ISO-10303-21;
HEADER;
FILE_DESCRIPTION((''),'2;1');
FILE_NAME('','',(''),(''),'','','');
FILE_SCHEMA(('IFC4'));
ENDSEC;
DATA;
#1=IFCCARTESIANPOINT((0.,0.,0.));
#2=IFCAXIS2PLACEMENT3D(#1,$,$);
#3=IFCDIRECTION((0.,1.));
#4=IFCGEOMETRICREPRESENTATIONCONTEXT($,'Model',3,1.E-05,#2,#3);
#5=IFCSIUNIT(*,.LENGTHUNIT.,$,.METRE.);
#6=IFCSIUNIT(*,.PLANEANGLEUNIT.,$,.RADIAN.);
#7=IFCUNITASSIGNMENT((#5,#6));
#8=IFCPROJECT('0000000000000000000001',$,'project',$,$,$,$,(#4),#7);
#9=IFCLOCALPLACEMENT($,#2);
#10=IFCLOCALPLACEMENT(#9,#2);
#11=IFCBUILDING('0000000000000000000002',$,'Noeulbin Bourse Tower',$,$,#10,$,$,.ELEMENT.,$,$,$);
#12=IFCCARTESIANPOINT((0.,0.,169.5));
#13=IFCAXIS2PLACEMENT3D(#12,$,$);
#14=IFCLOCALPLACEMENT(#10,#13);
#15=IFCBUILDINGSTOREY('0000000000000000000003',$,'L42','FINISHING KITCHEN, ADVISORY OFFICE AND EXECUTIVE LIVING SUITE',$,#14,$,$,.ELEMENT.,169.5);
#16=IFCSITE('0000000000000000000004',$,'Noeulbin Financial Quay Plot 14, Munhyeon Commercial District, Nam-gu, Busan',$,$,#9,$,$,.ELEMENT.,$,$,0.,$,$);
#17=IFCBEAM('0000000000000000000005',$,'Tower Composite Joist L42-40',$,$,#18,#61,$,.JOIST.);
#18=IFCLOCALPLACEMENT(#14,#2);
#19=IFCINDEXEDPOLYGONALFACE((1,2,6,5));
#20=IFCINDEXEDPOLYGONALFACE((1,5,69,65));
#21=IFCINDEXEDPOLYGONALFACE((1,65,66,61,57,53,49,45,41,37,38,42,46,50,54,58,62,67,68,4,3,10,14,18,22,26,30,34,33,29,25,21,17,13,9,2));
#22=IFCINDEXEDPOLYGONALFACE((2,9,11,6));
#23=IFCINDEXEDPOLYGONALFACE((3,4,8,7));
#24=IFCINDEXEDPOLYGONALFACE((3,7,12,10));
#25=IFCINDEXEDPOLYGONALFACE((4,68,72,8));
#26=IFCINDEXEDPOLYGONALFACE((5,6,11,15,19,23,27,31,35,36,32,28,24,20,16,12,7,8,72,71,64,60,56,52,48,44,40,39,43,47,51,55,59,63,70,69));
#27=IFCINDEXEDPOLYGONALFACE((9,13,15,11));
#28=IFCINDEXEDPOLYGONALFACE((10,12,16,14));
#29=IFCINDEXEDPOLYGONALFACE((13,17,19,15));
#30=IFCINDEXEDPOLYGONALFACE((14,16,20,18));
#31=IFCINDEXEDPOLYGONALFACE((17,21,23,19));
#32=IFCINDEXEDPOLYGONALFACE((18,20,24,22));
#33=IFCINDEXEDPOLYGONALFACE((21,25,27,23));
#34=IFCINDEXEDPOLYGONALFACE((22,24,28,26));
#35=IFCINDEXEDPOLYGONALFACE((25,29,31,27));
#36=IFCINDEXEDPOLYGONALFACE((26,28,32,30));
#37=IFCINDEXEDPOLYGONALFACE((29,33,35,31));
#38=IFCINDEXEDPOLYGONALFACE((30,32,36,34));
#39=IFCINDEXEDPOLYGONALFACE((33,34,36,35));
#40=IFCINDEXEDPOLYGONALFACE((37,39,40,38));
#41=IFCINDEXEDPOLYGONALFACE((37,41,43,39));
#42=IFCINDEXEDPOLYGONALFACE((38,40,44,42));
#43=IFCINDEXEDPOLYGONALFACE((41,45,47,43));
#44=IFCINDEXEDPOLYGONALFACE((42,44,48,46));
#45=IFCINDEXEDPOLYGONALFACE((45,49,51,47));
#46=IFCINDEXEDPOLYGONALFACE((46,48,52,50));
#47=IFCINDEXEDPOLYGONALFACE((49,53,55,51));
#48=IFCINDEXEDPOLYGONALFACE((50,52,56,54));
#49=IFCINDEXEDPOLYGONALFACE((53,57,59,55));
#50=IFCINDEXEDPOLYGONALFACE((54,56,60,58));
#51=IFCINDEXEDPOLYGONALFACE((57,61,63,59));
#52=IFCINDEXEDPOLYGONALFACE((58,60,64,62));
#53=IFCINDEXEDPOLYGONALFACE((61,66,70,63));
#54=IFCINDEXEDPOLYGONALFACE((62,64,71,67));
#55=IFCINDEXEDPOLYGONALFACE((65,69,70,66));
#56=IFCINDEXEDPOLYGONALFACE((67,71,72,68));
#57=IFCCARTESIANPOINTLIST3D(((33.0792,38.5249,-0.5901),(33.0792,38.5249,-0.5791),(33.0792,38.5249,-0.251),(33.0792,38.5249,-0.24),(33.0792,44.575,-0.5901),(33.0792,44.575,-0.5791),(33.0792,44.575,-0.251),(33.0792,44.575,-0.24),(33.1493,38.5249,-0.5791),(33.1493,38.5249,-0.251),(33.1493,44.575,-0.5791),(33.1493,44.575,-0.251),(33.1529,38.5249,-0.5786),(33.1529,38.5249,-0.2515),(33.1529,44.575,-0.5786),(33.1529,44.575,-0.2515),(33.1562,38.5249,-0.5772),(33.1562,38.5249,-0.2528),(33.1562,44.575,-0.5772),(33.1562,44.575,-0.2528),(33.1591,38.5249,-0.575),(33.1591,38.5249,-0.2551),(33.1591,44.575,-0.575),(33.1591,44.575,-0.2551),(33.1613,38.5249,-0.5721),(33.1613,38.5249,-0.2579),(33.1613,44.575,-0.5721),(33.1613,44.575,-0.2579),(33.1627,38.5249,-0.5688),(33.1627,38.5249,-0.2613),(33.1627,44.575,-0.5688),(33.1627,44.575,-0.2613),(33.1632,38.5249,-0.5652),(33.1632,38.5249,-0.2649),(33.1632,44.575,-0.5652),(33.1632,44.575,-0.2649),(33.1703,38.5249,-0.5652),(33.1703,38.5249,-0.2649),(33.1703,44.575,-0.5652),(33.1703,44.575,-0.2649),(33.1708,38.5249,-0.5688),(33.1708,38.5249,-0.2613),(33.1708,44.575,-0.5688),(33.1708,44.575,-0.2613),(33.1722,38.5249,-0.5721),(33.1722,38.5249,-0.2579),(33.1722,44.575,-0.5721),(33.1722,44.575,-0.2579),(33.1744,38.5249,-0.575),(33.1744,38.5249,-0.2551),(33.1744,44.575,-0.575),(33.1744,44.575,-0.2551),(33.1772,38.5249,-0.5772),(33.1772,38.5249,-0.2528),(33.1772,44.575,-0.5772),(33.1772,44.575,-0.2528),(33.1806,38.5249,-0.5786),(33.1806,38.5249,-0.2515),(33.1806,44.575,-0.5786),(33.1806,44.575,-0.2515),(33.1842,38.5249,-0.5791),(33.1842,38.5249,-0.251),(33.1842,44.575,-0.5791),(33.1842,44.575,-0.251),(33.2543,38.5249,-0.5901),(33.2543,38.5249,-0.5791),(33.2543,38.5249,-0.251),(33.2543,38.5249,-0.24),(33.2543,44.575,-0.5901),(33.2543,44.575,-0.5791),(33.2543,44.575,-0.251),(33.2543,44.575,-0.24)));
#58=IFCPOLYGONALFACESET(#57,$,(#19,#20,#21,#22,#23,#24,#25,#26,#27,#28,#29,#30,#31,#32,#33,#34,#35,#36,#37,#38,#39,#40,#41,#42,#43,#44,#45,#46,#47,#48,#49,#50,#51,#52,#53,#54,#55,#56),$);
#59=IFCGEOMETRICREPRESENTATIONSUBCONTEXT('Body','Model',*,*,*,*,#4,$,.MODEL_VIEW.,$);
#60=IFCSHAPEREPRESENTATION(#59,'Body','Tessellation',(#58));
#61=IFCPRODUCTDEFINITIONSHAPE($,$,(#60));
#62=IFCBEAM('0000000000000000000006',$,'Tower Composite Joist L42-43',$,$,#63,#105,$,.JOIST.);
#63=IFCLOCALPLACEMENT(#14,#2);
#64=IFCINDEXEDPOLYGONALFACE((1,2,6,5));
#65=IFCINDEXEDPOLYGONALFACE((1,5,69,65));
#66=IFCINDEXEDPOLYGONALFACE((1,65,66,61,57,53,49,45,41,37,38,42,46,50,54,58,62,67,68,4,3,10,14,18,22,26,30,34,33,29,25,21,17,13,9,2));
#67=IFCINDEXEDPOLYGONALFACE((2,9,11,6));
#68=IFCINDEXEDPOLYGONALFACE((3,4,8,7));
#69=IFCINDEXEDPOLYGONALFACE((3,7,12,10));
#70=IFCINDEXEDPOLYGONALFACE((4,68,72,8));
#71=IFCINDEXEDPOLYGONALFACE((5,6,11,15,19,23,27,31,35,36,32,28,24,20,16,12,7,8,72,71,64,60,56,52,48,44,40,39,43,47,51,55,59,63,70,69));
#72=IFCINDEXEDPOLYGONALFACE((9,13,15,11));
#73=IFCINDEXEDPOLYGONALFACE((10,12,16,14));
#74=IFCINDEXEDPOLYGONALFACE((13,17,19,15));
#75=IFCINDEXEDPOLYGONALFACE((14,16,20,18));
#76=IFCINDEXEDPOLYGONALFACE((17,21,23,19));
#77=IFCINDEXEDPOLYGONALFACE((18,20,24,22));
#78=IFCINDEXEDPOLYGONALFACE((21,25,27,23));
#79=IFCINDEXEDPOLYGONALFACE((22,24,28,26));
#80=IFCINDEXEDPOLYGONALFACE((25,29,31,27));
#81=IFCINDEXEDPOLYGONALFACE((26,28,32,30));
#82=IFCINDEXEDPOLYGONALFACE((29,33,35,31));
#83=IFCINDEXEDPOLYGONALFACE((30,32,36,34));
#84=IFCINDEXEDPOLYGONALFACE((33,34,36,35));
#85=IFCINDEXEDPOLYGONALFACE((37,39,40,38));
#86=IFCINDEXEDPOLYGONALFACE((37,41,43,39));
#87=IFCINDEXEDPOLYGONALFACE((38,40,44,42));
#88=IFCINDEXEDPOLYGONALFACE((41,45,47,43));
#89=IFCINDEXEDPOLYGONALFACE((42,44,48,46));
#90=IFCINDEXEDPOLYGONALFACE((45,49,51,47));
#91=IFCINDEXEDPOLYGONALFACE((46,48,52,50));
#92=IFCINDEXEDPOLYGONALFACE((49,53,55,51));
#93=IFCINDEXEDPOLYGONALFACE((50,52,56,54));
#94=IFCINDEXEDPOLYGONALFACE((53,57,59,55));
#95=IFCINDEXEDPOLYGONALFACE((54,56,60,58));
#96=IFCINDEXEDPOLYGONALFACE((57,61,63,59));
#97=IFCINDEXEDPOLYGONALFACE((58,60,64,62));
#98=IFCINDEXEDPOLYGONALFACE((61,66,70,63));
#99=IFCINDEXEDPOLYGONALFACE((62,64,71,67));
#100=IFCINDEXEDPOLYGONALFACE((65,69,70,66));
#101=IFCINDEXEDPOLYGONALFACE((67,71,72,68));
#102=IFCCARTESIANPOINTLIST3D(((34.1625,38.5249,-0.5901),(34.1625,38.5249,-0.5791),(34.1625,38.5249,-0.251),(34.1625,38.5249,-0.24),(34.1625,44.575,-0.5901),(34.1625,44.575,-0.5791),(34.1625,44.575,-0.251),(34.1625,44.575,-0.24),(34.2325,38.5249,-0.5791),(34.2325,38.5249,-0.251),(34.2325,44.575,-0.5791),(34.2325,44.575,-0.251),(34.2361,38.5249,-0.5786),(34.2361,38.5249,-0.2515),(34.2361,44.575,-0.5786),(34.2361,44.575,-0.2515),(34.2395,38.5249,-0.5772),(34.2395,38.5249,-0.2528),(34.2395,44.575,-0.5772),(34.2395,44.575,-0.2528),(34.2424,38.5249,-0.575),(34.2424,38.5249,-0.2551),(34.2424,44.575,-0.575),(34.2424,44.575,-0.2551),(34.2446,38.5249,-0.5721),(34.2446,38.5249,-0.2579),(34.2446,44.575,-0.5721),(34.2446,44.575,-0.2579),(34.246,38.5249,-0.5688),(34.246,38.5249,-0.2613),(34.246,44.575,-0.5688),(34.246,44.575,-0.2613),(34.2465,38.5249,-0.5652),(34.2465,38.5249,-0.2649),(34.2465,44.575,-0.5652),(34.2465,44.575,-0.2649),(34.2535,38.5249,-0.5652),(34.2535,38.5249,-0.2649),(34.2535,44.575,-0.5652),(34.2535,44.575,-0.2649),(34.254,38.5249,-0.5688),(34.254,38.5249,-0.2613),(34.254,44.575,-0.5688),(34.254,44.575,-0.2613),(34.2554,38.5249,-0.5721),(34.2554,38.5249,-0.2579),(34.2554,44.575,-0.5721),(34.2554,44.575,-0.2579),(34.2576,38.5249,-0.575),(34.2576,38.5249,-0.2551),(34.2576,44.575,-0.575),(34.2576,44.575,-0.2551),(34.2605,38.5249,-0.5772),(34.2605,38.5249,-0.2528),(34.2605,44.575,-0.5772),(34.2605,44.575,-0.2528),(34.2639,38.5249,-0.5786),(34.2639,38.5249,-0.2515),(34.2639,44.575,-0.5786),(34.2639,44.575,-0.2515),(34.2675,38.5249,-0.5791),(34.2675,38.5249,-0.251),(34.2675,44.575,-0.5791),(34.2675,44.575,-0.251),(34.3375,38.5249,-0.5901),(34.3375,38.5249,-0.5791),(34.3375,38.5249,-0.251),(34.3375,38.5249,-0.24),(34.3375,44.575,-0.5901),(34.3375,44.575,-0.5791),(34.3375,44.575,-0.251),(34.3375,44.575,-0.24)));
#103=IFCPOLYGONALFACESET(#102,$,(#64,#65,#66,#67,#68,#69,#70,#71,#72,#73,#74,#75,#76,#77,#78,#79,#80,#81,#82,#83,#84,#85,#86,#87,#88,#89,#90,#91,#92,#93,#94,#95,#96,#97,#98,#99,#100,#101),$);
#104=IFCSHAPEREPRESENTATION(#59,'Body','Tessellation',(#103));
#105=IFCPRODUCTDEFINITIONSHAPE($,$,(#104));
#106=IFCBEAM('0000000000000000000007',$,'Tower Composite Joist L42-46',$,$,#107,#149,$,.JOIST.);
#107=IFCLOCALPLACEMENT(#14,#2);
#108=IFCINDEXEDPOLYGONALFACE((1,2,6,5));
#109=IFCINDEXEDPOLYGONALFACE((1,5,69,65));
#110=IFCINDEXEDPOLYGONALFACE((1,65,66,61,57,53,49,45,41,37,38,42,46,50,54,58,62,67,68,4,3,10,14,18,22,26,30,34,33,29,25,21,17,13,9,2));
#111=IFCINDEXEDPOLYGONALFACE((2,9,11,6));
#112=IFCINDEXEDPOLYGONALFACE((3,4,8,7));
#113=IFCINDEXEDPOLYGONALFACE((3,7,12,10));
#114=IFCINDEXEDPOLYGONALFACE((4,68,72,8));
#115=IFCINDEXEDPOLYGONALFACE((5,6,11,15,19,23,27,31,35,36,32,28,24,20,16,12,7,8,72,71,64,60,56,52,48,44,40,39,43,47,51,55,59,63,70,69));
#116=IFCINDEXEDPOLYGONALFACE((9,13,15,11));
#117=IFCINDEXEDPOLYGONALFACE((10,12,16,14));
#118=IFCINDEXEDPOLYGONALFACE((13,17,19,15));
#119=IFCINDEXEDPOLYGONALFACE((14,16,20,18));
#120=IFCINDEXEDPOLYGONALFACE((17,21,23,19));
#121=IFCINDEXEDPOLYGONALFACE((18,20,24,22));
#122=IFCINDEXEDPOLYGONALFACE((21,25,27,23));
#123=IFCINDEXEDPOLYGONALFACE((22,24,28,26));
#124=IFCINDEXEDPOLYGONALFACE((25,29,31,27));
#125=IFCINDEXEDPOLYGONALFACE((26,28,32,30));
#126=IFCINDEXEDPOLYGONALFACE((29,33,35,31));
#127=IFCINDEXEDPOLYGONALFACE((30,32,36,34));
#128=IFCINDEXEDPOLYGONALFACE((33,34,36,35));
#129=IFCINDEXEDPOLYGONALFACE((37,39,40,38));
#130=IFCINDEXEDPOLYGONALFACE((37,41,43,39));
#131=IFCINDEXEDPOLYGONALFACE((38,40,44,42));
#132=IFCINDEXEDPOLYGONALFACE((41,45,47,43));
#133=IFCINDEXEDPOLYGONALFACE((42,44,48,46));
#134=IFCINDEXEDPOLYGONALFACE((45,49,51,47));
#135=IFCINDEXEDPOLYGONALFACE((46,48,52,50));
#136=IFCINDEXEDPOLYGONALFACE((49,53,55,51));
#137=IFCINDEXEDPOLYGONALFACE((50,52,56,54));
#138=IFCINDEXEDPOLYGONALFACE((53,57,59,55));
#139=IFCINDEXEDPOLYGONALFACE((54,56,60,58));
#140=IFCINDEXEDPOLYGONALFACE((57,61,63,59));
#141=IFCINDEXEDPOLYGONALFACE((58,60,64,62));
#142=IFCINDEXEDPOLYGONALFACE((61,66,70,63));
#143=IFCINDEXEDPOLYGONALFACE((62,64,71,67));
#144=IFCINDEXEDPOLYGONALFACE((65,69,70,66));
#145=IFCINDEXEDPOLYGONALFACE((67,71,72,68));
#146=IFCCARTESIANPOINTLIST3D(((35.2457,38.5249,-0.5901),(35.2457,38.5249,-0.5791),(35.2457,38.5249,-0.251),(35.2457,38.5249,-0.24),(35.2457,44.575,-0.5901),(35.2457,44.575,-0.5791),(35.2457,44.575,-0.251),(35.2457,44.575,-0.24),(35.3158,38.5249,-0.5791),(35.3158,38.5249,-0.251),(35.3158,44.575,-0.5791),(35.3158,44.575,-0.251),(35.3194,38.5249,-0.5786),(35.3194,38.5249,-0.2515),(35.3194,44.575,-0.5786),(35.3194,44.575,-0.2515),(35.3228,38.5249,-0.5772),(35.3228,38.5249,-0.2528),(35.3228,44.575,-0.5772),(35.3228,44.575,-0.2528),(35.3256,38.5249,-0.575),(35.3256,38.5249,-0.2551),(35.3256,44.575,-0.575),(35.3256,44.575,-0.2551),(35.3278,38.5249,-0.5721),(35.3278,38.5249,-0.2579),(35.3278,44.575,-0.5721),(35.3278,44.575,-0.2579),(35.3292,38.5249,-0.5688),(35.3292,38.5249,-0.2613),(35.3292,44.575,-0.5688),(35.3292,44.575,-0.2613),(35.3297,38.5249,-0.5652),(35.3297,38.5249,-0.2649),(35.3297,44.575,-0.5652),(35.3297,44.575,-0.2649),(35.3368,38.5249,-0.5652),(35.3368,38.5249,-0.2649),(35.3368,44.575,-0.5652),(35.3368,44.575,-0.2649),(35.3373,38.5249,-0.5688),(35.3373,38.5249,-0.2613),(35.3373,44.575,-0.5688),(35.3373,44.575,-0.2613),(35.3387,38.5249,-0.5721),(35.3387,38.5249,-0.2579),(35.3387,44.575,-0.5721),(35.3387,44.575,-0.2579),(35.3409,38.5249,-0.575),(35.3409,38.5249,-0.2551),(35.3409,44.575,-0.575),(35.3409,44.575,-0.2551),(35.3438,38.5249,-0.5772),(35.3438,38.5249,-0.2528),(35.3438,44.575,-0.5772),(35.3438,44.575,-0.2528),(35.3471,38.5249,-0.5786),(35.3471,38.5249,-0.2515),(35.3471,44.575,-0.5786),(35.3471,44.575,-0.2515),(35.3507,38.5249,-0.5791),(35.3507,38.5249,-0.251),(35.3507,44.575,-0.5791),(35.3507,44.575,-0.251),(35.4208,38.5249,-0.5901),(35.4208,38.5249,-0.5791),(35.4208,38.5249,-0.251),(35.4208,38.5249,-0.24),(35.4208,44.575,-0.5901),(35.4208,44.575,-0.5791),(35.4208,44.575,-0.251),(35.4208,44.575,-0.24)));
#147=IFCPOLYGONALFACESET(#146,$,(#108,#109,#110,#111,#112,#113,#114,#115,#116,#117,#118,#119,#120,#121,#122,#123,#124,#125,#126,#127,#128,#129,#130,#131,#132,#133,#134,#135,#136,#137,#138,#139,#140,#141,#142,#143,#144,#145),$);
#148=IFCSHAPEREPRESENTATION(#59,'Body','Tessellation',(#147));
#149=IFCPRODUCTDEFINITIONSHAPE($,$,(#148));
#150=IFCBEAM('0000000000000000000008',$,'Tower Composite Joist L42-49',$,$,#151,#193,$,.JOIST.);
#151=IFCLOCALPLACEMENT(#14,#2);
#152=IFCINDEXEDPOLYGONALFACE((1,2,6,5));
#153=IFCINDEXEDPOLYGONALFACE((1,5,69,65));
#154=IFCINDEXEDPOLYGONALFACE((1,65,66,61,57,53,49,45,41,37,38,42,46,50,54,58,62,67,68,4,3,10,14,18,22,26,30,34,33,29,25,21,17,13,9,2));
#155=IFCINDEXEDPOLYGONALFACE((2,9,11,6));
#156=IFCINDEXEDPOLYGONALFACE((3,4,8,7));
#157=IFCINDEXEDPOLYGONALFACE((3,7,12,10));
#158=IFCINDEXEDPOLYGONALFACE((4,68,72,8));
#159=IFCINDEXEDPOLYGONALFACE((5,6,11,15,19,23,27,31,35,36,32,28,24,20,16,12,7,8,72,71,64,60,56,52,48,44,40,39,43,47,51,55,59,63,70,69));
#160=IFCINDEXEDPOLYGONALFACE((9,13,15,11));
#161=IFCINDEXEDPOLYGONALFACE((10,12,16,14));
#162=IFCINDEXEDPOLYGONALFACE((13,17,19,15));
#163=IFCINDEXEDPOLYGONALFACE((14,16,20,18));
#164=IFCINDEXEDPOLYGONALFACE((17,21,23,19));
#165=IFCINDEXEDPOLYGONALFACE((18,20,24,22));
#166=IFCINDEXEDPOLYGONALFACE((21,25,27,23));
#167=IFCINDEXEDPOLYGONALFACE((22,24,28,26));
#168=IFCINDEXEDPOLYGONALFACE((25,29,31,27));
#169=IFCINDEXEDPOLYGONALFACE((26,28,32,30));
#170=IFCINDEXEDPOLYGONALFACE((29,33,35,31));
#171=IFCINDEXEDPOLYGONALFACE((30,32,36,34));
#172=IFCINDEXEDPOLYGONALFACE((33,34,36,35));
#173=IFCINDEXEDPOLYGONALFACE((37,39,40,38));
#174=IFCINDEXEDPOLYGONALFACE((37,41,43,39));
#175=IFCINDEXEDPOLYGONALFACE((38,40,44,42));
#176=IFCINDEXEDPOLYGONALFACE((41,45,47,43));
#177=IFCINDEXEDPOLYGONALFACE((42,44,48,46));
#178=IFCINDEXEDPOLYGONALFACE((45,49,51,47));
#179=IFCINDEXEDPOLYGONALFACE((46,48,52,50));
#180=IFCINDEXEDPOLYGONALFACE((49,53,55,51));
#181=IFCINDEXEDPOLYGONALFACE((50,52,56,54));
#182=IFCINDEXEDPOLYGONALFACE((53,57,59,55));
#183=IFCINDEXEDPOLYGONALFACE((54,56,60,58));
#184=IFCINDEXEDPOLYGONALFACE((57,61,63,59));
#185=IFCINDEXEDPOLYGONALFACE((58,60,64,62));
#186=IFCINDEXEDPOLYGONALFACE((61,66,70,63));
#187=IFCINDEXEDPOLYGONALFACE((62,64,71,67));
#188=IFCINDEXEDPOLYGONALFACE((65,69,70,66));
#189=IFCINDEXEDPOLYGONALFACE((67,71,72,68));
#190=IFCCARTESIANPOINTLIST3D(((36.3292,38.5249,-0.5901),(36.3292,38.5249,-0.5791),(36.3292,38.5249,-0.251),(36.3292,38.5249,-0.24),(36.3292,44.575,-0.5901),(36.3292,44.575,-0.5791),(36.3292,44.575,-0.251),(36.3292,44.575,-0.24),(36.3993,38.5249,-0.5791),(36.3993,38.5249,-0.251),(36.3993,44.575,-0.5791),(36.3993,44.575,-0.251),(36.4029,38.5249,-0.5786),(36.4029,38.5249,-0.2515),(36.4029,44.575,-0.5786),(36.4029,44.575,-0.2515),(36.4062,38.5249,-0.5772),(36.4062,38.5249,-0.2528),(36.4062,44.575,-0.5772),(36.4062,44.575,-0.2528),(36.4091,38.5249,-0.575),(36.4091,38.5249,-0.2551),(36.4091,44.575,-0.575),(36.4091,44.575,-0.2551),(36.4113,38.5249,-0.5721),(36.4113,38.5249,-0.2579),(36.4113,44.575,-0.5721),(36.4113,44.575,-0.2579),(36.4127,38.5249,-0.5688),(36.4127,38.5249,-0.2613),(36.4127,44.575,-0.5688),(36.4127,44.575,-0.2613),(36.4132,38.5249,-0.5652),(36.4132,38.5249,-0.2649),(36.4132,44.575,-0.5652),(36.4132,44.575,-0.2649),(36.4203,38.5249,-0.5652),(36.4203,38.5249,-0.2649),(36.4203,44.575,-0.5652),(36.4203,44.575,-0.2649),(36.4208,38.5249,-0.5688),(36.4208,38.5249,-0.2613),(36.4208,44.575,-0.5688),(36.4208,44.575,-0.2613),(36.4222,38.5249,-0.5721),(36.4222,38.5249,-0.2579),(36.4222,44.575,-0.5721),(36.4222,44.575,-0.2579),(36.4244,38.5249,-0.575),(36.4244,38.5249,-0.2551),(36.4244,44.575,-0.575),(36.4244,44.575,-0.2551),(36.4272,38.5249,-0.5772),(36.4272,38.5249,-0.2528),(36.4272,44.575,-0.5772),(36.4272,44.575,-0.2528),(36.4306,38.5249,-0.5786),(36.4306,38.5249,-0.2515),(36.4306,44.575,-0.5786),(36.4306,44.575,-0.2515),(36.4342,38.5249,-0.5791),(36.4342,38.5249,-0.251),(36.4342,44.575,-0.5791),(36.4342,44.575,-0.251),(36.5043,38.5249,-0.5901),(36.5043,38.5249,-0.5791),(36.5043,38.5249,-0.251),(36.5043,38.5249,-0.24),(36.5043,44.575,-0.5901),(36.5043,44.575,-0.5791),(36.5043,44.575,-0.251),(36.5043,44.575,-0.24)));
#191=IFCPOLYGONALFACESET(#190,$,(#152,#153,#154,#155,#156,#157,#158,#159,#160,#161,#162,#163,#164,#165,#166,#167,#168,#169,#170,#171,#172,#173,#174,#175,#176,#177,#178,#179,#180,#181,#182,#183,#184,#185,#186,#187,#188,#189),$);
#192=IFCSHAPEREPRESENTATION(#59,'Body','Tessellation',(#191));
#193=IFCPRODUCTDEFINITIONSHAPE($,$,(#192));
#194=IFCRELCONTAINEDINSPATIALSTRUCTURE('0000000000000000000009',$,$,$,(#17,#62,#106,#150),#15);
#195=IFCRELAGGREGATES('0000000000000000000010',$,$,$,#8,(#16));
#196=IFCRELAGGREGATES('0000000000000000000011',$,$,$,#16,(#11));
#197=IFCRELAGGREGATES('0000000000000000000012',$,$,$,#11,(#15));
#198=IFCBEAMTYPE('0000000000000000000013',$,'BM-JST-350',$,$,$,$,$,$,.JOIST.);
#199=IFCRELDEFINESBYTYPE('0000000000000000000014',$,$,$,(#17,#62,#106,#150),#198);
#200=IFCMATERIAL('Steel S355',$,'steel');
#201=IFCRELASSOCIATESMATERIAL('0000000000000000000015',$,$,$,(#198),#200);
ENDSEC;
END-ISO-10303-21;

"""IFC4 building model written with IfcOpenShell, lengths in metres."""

from ifc_helpers import new_model, si_unit, direction, frame, origin, origin_2d, place, context, subcontext, project, spatial, i_section, extrude, material, material_profile, profile_set, type_object, element, save


model = new_model("IFC4")

# Units and contexts
model_context = context("Model", 3, precision=1e-05, world=origin(), true_north=direction((0.0, 1.0)))
body_context = subcontext(model_context, "Body", "Model", "MODEL_VIEW")
ifc_project = project(units=[si_unit("LENGTHUNIT", "METRE"), si_unit("PLANEANGLEUNIT", "RADIAN")], contexts=[model_context])

# Site, building, storey
site_placement = place(None, origin())
site = spatial("IfcSite", under=ifc_project, at=site_placement, Name="Noeulbin Financial Quay Plot 14, Munhyeon Commercial District, Nam-gu, Busan", CompositionType="ELEMENT", RefElevation=0.0)
building_placement = place(site_placement, origin())
building = spatial("IfcBuilding", under=site, at=building_placement, Name="Noeulbin Bourse Tower", CompositionType="ELEMENT")
storey_placement = place(building_placement, frame((0.0, 0.0, 169.5)))
storey = spatial("IfcBuildingStorey", under=building, at=storey_placement, Name="L42", Description="FINISHING KITCHEN, ADVISORY OFFICE AND EXECUTIVE LIVING SUITE", CompositionType="ELEMENT", Elevation=169.5)

# Shared definitions
ifc_material_1 = material(Name="Steel S355", Category="steel")

# Beams
ifc_material_profile_1 = material_profile(ifc_material_1, i_section(OverallWidth=0.175, OverallDepth=0.3501, WebThickness=0.0071, FlangeThickness=0.011, FilletRadius=0.0139, at=origin_2d()), Name="H-350x175x7x11", Category="LoadBearing")
ifc_profile_set_1 = profile_set([ifc_material_profile_1], Name="Steel S355")
beam_type_1 = type_object("IfcBeamType", Name="BM-JST-350", PredefinedType="JOIST", material=ifc_profile_set_1)
for number, where, z_axis, x_axis, name in (
    (1, (33.1667, 38.5249, -0.415), (0.0, 1.0, 0.0), (-1.0, 0.0, 0.0), "Tower Composite Joist L42-40"),
    (2, (34.25, 38.5249, -0.415), (0.0, 1.0, 0.0), (-1.0, 0.0, 0.0), "Tower Composite Joist L42-43"),
    (3, (35.3333, 38.5249, -0.415), (0.0, 1.0, 0.0), (-1.0, 0.0, 0.0), "Tower Composite Joist L42-46"),
    (4, (36.4167, 38.5249, -0.415), (0.0, 1.0, 0.0), (-1.0, 0.0, 0.0), "Tower Composite Joist L42-49"),
):
    element("IfcBeam", number, at=place(storey_placement, frame(where, z_axis=z_axis, x_axis=x_axis)), inside=storey, type_object=beam_type_1, Name=name, PredefinedType="JOIST", context=body_context, shape_type="SweptSolid", body=[
        extrude(i_section(OverallWidth=0.175, OverallDepth=0.3501, WebThickness=0.0071, FlangeThickness=0.011, FilletRadius=0.0139, at=origin_2d()), origin(), (0.0, 0.0, 1.0), 6.05),
    ])

save(model, "model.ifc")
